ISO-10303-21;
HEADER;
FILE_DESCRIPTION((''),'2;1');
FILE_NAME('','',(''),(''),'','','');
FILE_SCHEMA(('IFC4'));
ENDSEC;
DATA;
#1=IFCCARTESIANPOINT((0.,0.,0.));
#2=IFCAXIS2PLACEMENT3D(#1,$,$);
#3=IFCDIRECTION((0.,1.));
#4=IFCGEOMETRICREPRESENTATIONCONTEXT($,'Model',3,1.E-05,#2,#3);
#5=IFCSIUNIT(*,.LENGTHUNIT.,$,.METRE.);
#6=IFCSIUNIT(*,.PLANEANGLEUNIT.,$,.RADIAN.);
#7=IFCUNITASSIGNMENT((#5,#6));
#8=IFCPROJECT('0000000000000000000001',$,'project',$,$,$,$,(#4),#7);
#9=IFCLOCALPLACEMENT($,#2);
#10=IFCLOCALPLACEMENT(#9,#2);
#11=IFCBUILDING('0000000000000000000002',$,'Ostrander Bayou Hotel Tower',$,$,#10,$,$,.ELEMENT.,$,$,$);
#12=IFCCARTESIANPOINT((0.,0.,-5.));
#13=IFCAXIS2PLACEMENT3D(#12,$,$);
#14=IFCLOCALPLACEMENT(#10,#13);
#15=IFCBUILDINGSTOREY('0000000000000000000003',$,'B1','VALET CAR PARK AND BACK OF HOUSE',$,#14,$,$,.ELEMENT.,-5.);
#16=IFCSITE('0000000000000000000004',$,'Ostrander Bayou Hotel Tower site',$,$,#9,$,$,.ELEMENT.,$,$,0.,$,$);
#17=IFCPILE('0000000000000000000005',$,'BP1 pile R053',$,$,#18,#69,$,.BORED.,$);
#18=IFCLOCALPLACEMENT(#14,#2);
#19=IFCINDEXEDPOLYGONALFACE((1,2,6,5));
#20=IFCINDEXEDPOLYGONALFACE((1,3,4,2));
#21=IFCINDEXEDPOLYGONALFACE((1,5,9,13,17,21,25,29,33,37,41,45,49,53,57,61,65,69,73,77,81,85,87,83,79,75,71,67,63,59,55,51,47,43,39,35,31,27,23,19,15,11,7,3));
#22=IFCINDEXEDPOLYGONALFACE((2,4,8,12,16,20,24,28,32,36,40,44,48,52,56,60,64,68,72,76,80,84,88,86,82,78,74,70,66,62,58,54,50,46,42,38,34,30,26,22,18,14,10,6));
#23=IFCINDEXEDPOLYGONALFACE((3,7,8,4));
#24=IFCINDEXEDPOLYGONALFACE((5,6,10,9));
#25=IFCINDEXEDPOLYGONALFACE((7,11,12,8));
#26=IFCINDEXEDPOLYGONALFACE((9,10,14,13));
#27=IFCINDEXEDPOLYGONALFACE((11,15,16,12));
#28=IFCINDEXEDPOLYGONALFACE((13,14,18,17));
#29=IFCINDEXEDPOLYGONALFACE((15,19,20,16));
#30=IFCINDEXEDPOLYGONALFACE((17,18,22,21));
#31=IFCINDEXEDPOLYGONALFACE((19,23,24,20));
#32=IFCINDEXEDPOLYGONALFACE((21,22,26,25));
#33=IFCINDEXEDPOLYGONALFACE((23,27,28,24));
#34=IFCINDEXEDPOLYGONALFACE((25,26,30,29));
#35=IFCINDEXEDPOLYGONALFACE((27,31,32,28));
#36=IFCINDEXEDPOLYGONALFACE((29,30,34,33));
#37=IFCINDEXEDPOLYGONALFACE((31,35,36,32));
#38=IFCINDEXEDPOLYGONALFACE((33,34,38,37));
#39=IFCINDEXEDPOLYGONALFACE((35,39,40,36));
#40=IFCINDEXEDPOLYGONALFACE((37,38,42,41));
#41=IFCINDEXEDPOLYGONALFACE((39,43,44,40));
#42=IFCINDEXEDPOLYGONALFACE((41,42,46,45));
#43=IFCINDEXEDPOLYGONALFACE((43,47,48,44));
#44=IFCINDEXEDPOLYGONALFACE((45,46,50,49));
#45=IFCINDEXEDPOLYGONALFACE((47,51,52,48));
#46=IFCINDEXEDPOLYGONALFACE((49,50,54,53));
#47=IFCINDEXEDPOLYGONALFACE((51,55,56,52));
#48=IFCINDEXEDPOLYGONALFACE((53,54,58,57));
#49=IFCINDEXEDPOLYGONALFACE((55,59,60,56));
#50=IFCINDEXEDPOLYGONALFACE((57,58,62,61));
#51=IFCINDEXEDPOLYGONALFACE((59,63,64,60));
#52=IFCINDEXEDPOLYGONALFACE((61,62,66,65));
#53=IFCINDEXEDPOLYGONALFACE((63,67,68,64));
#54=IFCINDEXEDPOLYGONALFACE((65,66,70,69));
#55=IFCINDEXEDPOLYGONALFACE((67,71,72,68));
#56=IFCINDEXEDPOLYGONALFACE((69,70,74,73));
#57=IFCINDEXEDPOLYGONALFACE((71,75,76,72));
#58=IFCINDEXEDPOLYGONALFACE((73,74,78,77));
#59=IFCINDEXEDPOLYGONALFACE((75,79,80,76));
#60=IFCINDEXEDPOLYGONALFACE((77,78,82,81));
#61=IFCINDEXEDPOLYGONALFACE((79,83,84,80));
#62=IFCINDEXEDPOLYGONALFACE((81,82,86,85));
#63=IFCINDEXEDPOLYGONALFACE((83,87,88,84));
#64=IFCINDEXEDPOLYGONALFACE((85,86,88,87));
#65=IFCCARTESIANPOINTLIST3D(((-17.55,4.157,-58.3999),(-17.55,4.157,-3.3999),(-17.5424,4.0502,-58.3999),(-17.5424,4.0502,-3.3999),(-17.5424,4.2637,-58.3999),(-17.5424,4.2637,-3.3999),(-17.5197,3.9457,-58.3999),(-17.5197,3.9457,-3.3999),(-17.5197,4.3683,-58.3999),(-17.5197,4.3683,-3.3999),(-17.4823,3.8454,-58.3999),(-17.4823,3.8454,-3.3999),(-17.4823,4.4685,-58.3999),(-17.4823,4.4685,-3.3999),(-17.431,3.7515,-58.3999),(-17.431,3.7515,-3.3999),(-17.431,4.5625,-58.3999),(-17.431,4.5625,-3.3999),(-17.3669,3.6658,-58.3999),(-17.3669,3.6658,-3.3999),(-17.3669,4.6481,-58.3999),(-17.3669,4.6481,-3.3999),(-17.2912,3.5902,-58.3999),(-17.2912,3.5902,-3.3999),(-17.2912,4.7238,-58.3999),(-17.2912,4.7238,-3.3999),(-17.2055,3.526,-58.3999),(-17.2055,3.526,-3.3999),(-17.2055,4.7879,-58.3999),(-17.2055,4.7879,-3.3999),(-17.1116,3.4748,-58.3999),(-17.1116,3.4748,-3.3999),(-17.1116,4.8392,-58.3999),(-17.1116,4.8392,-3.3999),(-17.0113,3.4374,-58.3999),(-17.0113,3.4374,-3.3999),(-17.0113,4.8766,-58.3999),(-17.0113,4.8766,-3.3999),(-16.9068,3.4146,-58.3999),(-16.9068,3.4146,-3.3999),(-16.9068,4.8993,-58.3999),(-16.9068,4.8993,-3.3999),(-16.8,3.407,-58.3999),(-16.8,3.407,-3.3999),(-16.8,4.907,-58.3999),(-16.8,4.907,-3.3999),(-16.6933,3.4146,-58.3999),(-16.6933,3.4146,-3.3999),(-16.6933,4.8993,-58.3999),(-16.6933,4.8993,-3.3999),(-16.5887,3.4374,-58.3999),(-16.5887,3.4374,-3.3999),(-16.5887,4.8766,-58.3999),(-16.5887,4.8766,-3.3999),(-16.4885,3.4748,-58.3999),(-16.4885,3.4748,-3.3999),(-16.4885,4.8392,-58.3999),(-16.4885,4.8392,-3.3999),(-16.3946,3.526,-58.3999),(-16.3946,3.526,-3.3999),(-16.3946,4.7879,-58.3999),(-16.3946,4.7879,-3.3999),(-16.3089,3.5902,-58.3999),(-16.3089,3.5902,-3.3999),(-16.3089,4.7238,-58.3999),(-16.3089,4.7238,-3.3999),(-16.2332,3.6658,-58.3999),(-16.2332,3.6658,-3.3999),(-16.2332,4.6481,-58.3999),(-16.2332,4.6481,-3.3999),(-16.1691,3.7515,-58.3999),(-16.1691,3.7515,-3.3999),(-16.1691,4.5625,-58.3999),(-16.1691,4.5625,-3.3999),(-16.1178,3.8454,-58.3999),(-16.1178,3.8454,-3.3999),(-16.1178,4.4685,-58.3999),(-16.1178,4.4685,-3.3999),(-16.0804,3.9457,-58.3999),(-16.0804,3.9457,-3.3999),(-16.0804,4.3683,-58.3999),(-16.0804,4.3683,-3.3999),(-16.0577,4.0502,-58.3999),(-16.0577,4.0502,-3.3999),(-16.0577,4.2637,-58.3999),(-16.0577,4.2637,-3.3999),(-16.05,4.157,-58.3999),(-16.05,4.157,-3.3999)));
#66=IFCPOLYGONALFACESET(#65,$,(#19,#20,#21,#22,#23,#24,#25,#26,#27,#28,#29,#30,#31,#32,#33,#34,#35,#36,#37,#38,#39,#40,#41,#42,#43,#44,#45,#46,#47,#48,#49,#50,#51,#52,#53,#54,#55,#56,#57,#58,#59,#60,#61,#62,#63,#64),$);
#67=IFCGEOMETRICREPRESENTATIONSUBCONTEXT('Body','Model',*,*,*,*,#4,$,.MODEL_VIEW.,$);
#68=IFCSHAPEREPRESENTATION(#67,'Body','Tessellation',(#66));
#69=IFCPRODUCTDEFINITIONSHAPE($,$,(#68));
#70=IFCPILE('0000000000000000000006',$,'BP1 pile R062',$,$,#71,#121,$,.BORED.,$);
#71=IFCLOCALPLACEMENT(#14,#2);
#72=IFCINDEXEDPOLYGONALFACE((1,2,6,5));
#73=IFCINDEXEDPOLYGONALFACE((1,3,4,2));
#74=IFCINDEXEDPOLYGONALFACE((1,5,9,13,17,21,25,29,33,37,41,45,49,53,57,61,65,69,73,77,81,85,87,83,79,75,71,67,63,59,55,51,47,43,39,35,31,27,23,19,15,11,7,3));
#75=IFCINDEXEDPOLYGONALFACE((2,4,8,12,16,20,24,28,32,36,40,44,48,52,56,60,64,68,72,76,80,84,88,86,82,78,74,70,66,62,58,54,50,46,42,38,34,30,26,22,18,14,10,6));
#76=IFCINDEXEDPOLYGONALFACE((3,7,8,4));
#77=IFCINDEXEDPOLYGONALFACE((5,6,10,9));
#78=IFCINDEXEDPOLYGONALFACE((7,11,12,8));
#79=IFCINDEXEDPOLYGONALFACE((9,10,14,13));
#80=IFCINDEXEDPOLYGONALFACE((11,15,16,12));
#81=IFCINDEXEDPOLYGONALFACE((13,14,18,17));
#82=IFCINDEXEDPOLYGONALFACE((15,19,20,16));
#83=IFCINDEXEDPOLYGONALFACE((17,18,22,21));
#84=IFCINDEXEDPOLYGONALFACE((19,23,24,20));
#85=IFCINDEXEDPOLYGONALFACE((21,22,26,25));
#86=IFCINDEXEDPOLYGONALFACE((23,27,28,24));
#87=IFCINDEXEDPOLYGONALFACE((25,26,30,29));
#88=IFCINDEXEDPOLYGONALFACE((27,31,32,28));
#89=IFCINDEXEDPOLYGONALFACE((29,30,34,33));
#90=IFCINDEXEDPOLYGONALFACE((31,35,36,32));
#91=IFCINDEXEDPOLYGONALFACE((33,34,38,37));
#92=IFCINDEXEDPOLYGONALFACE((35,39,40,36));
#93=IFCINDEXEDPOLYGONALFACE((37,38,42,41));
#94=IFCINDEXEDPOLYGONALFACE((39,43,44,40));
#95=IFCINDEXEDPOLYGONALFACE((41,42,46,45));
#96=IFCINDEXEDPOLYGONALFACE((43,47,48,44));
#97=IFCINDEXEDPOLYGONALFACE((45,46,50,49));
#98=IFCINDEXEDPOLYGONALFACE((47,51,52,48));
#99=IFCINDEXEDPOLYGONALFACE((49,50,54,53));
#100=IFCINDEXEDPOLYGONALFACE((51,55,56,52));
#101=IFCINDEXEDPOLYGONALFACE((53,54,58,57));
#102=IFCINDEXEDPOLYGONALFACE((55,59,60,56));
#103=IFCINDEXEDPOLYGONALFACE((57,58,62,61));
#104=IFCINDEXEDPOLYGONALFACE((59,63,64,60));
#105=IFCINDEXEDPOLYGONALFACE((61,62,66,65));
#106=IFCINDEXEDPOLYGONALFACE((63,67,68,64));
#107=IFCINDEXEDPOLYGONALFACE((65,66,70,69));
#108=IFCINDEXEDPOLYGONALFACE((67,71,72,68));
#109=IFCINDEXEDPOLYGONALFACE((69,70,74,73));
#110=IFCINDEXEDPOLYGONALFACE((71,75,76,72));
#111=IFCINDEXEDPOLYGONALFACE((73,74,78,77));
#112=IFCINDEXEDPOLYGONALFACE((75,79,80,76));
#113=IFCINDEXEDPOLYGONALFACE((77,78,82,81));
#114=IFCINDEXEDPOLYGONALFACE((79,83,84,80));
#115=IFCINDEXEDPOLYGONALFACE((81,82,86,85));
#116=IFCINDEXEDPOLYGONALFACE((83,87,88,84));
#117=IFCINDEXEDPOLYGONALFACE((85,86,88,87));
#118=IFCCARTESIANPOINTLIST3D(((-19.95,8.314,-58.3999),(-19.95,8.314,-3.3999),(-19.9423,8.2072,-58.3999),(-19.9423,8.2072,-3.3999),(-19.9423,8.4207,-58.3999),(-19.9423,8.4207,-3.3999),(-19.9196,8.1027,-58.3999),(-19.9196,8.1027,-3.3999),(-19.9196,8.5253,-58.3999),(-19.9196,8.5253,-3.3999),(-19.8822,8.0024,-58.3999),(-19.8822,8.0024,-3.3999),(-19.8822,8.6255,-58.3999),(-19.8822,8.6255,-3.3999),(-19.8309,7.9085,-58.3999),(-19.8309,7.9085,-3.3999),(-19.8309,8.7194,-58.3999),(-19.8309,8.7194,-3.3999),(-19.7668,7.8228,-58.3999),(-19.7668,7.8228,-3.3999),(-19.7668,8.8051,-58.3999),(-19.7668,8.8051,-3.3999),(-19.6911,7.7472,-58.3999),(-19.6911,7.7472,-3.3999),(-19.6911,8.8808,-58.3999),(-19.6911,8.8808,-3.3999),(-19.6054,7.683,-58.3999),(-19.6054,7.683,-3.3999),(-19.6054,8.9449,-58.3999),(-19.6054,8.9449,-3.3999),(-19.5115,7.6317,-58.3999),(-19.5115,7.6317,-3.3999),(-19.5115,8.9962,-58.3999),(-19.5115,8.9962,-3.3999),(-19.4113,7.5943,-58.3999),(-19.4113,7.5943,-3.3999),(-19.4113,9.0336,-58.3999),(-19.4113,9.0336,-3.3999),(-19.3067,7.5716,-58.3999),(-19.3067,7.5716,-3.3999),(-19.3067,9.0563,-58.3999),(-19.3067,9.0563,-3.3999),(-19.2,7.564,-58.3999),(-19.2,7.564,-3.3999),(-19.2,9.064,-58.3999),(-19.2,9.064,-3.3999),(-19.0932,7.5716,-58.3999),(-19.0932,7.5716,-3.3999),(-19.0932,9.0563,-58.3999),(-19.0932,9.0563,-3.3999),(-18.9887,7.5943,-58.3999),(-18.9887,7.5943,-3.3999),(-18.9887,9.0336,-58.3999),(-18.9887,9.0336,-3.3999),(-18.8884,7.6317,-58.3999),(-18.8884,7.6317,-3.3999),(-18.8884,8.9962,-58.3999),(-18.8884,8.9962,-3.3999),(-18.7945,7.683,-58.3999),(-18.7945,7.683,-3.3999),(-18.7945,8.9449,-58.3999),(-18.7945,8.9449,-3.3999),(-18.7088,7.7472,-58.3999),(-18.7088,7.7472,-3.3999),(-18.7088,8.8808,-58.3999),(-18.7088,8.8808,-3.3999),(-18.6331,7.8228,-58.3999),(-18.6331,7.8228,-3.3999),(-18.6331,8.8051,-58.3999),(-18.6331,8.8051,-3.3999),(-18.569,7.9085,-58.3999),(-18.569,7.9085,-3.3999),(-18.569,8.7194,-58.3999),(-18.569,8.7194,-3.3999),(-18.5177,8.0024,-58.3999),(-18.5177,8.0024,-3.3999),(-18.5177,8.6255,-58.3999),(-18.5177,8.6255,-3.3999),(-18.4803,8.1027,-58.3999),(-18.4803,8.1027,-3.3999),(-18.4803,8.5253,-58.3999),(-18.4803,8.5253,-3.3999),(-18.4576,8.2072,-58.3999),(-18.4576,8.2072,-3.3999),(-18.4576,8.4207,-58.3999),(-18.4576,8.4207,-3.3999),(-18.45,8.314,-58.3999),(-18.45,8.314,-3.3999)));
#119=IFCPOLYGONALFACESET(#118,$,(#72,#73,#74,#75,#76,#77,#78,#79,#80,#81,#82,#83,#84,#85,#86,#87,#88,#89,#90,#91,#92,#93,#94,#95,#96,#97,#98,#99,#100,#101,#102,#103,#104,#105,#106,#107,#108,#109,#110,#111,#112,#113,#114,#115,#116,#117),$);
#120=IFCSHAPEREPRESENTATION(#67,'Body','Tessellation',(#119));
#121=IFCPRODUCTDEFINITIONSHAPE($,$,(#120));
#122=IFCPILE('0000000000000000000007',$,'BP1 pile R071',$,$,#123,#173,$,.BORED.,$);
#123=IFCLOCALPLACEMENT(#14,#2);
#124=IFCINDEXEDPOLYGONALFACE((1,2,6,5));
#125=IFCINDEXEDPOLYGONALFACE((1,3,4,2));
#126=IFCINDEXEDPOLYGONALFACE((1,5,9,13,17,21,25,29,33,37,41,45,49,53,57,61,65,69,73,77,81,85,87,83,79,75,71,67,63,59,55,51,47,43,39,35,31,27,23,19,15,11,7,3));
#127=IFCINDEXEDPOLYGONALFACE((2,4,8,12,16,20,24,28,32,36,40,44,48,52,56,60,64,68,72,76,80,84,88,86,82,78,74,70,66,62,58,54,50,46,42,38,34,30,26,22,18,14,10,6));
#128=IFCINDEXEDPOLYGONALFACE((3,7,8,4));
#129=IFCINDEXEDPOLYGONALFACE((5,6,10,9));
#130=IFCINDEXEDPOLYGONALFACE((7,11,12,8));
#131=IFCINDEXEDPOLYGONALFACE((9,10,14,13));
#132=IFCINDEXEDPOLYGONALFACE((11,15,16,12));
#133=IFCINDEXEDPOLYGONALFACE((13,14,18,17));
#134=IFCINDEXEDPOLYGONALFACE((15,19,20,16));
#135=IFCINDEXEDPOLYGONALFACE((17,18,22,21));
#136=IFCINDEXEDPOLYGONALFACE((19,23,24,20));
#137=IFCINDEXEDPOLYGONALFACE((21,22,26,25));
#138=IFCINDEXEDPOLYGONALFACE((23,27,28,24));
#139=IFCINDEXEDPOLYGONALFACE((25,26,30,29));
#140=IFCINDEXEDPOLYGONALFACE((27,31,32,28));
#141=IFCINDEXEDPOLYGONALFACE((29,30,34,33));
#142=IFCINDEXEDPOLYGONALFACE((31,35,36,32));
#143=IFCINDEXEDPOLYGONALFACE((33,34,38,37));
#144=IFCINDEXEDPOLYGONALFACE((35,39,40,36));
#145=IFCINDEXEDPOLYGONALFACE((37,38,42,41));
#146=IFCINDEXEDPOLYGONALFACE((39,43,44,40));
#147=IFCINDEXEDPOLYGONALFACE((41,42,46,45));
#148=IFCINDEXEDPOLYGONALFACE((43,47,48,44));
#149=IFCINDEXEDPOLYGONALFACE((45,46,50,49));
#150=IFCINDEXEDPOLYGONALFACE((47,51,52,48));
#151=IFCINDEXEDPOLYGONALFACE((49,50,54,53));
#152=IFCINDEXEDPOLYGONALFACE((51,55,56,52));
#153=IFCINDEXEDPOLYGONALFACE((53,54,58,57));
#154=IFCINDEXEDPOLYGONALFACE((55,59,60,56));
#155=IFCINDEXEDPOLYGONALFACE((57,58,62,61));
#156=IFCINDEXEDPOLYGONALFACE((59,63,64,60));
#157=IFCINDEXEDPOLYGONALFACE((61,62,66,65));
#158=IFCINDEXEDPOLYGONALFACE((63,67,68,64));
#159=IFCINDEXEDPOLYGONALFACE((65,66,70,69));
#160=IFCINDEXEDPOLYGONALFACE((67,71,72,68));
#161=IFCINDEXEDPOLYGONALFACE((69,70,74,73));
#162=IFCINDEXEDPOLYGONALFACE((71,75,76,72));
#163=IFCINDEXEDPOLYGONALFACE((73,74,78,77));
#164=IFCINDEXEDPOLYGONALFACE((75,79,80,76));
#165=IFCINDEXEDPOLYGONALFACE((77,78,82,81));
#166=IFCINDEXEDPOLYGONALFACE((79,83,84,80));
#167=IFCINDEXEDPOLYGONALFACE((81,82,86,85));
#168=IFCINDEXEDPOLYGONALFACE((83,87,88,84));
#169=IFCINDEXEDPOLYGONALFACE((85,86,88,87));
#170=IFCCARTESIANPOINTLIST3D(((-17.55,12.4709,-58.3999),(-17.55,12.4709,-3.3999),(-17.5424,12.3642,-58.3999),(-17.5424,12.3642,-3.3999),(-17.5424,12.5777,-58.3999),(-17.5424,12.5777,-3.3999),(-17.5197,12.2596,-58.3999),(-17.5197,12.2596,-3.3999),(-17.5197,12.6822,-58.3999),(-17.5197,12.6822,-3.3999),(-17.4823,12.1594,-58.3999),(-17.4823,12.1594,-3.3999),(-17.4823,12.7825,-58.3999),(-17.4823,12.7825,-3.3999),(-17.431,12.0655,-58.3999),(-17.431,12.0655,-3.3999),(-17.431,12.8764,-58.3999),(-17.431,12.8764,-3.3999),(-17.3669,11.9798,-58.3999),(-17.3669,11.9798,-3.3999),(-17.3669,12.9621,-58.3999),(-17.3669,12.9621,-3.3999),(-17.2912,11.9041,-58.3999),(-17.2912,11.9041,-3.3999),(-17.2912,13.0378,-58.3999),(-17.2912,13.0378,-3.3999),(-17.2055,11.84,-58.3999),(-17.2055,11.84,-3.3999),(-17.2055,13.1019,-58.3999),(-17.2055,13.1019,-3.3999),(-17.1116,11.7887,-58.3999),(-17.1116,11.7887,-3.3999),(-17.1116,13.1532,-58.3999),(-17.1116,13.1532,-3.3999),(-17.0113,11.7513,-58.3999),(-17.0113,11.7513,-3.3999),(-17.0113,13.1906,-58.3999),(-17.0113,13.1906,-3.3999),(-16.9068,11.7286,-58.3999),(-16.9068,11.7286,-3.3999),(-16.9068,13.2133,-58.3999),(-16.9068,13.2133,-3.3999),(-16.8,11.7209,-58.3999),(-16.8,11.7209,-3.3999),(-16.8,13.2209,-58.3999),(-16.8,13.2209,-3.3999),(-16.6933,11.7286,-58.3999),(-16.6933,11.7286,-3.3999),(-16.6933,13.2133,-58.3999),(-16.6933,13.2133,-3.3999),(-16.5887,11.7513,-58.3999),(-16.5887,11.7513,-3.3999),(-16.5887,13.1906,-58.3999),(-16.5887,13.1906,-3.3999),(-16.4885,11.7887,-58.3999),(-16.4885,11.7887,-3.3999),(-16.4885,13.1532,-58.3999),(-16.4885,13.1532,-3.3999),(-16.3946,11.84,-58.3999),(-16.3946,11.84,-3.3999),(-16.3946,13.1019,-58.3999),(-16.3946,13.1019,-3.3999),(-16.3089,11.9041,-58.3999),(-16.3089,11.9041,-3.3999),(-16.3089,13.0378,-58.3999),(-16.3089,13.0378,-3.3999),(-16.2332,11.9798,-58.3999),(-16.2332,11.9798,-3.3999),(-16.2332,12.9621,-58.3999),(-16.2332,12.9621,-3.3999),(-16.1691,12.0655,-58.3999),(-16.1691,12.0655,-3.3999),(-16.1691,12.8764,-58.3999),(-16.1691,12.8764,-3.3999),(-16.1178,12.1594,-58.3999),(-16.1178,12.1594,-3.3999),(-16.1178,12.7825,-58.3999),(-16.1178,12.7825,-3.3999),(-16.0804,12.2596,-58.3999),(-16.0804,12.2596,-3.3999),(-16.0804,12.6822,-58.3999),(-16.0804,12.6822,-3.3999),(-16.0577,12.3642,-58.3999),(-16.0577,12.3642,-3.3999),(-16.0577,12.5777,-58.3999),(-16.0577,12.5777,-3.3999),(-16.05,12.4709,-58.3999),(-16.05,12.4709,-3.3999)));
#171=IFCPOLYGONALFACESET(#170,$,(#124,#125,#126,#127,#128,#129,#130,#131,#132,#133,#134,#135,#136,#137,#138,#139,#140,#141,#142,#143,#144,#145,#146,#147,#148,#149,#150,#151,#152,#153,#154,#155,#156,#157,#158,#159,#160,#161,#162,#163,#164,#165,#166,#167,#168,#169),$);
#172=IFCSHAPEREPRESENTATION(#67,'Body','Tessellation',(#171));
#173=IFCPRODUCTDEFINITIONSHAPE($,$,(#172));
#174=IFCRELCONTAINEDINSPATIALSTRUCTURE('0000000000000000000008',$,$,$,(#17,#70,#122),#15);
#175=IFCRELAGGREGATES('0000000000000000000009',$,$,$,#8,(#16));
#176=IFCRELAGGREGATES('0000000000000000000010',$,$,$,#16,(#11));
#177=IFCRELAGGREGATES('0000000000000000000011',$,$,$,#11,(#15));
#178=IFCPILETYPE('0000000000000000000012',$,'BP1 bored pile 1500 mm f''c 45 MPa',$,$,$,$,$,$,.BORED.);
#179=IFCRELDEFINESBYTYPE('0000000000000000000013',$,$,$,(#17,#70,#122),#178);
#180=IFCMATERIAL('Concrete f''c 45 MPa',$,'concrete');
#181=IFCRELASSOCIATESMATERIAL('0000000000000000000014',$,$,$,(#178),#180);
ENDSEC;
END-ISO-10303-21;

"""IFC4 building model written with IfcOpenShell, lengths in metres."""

from ifc_helpers import new_model, si_unit, direction, frame, origin, origin_2d, place, context, subcontext, project, spatial, circle, extrude, material, material_profile, profile_set, type_object, element, save


model = new_model("IFC4")

# Units and contexts
model_context = context("Model", 3, precision=1e-05, world=origin(), true_north=direction((0.0, 1.0)))
body_context = subcontext(model_context, "Body", "Model", "MODEL_VIEW")
ifc_project = project(units=[si_unit("LENGTHUNIT", "METRE"), si_unit("PLANEANGLEUNIT", "RADIAN")], contexts=[model_context])

# Site, building, storey
site_placement = place(None, origin())
site = spatial("IfcSite", under=ifc_project, at=site_placement, Name="Ostrander Bayou Hotel Tower site", CompositionType="ELEMENT", RefElevation=0.0)
building_placement = place(site_placement, origin())
building = spatial("IfcBuilding", under=site, at=building_placement, Name="Ostrander Bayou Hotel Tower", CompositionType="ELEMENT")
storey_placement = place(building_placement, frame((0.0, 0.0, -5.0)))
storey = spatial("IfcBuildingStorey", under=building, at=storey_placement, Name="B1", Description="VALET CAR PARK AND BACK OF HOUSE", CompositionType="ELEMENT", Elevation=-5.0)

# Piles
ifc_material_1 = material(Name="Concrete f'c 45 MPa", Category="concrete")
ifc_material_profile_1 = material_profile(ifc_material_1, circle(Radius=0.75, at=origin_2d()))
ifc_profile_set_1 = profile_set([ifc_material_profile_1], Name="Concrete f'c 45 MPa")
pile_type_1 = type_object("IfcPileType", Name="BP1 bored pile 1500 mm f'c 45 MPa", PredefinedType="BORED", material=ifc_profile_set_1)
for number, where, z_axis, x_axis, name in (
    (1, (-16.8, 4.157, -3.3999), (0.0, 0.0, -1.0), (1.0, 0.0, 0.0), "BP1 pile R053"),
    (2, (-19.2, 8.314, -3.3999), (0.0, 0.0, -1.0), (1.0, 0.0, 0.0), "BP1 pile R062"),
    (3, (-16.8, 12.4709, -3.3999), (0.0, 0.0, -1.0), (1.0, 0.0, 0.0), "BP1 pile R071"),
):
    element("IfcPile", number, at=place(storey_placement, frame(where, z_axis=z_axis, x_axis=x_axis)), inside=storey, type_object=pile_type_1, Name=name, PredefinedType="BORED", context=body_context, shape_type="SweptSolid", body=[
        extrude(circle(Radius=0.75, at=origin_2d()), origin(), (0.0, 0.0, 1.0), 55.0),
    ])

save(model, "model.ifc")
